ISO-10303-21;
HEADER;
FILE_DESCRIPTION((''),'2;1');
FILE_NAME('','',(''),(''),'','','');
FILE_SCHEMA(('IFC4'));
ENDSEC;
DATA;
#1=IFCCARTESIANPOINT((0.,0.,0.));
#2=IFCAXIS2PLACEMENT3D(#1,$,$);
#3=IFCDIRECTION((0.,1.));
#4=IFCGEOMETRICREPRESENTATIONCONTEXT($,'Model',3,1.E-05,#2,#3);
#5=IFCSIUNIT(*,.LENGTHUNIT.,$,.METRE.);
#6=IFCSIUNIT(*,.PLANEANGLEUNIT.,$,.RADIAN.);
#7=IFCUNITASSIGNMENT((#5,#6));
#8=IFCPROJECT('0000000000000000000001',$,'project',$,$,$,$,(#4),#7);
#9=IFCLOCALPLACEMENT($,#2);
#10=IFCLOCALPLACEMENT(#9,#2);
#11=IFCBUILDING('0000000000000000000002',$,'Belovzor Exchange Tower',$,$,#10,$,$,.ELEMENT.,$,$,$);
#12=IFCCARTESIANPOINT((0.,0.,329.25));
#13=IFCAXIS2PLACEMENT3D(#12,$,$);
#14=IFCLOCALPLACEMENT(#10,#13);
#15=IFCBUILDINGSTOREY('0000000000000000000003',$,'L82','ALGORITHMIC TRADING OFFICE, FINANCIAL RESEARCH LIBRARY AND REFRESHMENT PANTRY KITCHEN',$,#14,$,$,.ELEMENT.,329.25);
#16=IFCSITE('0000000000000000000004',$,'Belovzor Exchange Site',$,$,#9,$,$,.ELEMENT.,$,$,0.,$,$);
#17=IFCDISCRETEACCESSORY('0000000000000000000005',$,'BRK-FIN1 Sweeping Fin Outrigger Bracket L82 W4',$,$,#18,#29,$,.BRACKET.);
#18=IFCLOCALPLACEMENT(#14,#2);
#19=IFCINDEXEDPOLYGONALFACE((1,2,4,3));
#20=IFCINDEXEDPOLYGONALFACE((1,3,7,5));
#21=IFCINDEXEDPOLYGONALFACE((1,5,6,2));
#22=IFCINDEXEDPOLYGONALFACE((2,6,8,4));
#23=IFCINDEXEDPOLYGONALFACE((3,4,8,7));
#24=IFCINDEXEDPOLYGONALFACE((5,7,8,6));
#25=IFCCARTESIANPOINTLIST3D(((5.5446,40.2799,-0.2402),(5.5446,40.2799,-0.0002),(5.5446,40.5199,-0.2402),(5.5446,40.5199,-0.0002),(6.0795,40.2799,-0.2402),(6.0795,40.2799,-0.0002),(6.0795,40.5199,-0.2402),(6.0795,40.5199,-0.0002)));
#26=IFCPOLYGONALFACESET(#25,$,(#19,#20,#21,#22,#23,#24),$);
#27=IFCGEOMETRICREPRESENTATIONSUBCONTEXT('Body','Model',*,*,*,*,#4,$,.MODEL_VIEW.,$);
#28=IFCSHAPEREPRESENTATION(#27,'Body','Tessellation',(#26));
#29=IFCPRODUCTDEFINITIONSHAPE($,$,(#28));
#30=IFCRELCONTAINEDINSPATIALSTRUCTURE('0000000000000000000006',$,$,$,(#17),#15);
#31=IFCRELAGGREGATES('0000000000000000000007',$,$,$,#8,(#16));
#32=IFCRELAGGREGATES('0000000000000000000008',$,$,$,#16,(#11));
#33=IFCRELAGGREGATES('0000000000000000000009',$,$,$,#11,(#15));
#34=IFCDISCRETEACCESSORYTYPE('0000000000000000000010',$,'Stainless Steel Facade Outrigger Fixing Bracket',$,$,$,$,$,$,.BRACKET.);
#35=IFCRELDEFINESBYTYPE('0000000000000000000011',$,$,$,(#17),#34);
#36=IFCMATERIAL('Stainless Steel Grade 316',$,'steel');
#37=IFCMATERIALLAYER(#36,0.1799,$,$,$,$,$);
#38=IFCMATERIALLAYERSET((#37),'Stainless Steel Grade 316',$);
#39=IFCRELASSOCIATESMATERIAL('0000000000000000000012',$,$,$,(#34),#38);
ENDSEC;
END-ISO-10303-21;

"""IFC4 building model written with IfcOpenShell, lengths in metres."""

from ifc_helpers import new_model, si_unit, direction, frame, origin, origin_2d, place, context, subcontext, project, spatial, rectangle, extrude, material, layer, layer_set, type_object, element, save


model = new_model("IFC4")

# Units and contexts
model_context = context("Model", 3, precision=1e-05, world=origin(), true_north=direction((0.0, 1.0)))
body_context = subcontext(model_context, "Body", "Model", "MODEL_VIEW")
ifc_project = project(units=[si_unit("LENGTHUNIT", "METRE"), si_unit("PLANEANGLEUNIT", "RADIAN")], contexts=[model_context])

# Site, building, storey
site_placement = place(None, origin())
site = spatial("IfcSite", under=ifc_project, at=site_placement, Name="Belovzor Exchange Site", CompositionType="ELEMENT", RefElevation=0.0)
building_placement = place(site_placement, origin())
building = spatial("IfcBuilding", under=site, at=building_placement, Name="Belovzor Exchange Tower", CompositionType="ELEMENT")
storey_placement = place(building_placement, frame((0.0, 0.0, 329.25)))
storey = spatial("IfcBuildingStorey", under=building, at=storey_placement, Name="L82", Description="ALGORITHMIC TRADING OFFICE, FINANCIAL RESEARCH LIBRARY AND REFRESHMENT PANTRY KITCHEN", CompositionType="ELEMENT", Elevation=329.25)

# Discrete accessory
ifc_material_1 = material(Name="Stainless Steel Grade 316", Category="steel")
ifc_layer_1 = layer(ifc_material_1, 0.1799)
ifc_layer_set_1 = layer_set([ifc_layer_1], Name="Stainless Steel Grade 316")
discrete_accessory_type = type_object("IfcDiscreteAccessoryType", Name="Stainless Steel Facade Outrigger Fixing Bracket", PredefinedType="BRACKET", material=ifc_layer_set_1)
discrete_accessory_placement = place(storey_placement, frame((5.812, 40.3999, -0.2402), z_axis=(0.0, 0.0, 1.0), x_axis=(1.0, 0.0, 0.0)))
element("IfcDiscreteAccessory", 1, at=discrete_accessory_placement, inside=storey, type_object=discrete_accessory_type, Name="BRK-FIN1 Sweeping Fin Outrigger Bracket L82 W4", PredefinedType="BRACKET", context=body_context, shape_type="SweptSolid", body=[
    extrude(rectangle(XDim=0.5349, YDim=0.24, at=origin_2d()), origin(), (0.0, 0.0, 1.0), 0.24),
])

save(model, "model.ifc")
